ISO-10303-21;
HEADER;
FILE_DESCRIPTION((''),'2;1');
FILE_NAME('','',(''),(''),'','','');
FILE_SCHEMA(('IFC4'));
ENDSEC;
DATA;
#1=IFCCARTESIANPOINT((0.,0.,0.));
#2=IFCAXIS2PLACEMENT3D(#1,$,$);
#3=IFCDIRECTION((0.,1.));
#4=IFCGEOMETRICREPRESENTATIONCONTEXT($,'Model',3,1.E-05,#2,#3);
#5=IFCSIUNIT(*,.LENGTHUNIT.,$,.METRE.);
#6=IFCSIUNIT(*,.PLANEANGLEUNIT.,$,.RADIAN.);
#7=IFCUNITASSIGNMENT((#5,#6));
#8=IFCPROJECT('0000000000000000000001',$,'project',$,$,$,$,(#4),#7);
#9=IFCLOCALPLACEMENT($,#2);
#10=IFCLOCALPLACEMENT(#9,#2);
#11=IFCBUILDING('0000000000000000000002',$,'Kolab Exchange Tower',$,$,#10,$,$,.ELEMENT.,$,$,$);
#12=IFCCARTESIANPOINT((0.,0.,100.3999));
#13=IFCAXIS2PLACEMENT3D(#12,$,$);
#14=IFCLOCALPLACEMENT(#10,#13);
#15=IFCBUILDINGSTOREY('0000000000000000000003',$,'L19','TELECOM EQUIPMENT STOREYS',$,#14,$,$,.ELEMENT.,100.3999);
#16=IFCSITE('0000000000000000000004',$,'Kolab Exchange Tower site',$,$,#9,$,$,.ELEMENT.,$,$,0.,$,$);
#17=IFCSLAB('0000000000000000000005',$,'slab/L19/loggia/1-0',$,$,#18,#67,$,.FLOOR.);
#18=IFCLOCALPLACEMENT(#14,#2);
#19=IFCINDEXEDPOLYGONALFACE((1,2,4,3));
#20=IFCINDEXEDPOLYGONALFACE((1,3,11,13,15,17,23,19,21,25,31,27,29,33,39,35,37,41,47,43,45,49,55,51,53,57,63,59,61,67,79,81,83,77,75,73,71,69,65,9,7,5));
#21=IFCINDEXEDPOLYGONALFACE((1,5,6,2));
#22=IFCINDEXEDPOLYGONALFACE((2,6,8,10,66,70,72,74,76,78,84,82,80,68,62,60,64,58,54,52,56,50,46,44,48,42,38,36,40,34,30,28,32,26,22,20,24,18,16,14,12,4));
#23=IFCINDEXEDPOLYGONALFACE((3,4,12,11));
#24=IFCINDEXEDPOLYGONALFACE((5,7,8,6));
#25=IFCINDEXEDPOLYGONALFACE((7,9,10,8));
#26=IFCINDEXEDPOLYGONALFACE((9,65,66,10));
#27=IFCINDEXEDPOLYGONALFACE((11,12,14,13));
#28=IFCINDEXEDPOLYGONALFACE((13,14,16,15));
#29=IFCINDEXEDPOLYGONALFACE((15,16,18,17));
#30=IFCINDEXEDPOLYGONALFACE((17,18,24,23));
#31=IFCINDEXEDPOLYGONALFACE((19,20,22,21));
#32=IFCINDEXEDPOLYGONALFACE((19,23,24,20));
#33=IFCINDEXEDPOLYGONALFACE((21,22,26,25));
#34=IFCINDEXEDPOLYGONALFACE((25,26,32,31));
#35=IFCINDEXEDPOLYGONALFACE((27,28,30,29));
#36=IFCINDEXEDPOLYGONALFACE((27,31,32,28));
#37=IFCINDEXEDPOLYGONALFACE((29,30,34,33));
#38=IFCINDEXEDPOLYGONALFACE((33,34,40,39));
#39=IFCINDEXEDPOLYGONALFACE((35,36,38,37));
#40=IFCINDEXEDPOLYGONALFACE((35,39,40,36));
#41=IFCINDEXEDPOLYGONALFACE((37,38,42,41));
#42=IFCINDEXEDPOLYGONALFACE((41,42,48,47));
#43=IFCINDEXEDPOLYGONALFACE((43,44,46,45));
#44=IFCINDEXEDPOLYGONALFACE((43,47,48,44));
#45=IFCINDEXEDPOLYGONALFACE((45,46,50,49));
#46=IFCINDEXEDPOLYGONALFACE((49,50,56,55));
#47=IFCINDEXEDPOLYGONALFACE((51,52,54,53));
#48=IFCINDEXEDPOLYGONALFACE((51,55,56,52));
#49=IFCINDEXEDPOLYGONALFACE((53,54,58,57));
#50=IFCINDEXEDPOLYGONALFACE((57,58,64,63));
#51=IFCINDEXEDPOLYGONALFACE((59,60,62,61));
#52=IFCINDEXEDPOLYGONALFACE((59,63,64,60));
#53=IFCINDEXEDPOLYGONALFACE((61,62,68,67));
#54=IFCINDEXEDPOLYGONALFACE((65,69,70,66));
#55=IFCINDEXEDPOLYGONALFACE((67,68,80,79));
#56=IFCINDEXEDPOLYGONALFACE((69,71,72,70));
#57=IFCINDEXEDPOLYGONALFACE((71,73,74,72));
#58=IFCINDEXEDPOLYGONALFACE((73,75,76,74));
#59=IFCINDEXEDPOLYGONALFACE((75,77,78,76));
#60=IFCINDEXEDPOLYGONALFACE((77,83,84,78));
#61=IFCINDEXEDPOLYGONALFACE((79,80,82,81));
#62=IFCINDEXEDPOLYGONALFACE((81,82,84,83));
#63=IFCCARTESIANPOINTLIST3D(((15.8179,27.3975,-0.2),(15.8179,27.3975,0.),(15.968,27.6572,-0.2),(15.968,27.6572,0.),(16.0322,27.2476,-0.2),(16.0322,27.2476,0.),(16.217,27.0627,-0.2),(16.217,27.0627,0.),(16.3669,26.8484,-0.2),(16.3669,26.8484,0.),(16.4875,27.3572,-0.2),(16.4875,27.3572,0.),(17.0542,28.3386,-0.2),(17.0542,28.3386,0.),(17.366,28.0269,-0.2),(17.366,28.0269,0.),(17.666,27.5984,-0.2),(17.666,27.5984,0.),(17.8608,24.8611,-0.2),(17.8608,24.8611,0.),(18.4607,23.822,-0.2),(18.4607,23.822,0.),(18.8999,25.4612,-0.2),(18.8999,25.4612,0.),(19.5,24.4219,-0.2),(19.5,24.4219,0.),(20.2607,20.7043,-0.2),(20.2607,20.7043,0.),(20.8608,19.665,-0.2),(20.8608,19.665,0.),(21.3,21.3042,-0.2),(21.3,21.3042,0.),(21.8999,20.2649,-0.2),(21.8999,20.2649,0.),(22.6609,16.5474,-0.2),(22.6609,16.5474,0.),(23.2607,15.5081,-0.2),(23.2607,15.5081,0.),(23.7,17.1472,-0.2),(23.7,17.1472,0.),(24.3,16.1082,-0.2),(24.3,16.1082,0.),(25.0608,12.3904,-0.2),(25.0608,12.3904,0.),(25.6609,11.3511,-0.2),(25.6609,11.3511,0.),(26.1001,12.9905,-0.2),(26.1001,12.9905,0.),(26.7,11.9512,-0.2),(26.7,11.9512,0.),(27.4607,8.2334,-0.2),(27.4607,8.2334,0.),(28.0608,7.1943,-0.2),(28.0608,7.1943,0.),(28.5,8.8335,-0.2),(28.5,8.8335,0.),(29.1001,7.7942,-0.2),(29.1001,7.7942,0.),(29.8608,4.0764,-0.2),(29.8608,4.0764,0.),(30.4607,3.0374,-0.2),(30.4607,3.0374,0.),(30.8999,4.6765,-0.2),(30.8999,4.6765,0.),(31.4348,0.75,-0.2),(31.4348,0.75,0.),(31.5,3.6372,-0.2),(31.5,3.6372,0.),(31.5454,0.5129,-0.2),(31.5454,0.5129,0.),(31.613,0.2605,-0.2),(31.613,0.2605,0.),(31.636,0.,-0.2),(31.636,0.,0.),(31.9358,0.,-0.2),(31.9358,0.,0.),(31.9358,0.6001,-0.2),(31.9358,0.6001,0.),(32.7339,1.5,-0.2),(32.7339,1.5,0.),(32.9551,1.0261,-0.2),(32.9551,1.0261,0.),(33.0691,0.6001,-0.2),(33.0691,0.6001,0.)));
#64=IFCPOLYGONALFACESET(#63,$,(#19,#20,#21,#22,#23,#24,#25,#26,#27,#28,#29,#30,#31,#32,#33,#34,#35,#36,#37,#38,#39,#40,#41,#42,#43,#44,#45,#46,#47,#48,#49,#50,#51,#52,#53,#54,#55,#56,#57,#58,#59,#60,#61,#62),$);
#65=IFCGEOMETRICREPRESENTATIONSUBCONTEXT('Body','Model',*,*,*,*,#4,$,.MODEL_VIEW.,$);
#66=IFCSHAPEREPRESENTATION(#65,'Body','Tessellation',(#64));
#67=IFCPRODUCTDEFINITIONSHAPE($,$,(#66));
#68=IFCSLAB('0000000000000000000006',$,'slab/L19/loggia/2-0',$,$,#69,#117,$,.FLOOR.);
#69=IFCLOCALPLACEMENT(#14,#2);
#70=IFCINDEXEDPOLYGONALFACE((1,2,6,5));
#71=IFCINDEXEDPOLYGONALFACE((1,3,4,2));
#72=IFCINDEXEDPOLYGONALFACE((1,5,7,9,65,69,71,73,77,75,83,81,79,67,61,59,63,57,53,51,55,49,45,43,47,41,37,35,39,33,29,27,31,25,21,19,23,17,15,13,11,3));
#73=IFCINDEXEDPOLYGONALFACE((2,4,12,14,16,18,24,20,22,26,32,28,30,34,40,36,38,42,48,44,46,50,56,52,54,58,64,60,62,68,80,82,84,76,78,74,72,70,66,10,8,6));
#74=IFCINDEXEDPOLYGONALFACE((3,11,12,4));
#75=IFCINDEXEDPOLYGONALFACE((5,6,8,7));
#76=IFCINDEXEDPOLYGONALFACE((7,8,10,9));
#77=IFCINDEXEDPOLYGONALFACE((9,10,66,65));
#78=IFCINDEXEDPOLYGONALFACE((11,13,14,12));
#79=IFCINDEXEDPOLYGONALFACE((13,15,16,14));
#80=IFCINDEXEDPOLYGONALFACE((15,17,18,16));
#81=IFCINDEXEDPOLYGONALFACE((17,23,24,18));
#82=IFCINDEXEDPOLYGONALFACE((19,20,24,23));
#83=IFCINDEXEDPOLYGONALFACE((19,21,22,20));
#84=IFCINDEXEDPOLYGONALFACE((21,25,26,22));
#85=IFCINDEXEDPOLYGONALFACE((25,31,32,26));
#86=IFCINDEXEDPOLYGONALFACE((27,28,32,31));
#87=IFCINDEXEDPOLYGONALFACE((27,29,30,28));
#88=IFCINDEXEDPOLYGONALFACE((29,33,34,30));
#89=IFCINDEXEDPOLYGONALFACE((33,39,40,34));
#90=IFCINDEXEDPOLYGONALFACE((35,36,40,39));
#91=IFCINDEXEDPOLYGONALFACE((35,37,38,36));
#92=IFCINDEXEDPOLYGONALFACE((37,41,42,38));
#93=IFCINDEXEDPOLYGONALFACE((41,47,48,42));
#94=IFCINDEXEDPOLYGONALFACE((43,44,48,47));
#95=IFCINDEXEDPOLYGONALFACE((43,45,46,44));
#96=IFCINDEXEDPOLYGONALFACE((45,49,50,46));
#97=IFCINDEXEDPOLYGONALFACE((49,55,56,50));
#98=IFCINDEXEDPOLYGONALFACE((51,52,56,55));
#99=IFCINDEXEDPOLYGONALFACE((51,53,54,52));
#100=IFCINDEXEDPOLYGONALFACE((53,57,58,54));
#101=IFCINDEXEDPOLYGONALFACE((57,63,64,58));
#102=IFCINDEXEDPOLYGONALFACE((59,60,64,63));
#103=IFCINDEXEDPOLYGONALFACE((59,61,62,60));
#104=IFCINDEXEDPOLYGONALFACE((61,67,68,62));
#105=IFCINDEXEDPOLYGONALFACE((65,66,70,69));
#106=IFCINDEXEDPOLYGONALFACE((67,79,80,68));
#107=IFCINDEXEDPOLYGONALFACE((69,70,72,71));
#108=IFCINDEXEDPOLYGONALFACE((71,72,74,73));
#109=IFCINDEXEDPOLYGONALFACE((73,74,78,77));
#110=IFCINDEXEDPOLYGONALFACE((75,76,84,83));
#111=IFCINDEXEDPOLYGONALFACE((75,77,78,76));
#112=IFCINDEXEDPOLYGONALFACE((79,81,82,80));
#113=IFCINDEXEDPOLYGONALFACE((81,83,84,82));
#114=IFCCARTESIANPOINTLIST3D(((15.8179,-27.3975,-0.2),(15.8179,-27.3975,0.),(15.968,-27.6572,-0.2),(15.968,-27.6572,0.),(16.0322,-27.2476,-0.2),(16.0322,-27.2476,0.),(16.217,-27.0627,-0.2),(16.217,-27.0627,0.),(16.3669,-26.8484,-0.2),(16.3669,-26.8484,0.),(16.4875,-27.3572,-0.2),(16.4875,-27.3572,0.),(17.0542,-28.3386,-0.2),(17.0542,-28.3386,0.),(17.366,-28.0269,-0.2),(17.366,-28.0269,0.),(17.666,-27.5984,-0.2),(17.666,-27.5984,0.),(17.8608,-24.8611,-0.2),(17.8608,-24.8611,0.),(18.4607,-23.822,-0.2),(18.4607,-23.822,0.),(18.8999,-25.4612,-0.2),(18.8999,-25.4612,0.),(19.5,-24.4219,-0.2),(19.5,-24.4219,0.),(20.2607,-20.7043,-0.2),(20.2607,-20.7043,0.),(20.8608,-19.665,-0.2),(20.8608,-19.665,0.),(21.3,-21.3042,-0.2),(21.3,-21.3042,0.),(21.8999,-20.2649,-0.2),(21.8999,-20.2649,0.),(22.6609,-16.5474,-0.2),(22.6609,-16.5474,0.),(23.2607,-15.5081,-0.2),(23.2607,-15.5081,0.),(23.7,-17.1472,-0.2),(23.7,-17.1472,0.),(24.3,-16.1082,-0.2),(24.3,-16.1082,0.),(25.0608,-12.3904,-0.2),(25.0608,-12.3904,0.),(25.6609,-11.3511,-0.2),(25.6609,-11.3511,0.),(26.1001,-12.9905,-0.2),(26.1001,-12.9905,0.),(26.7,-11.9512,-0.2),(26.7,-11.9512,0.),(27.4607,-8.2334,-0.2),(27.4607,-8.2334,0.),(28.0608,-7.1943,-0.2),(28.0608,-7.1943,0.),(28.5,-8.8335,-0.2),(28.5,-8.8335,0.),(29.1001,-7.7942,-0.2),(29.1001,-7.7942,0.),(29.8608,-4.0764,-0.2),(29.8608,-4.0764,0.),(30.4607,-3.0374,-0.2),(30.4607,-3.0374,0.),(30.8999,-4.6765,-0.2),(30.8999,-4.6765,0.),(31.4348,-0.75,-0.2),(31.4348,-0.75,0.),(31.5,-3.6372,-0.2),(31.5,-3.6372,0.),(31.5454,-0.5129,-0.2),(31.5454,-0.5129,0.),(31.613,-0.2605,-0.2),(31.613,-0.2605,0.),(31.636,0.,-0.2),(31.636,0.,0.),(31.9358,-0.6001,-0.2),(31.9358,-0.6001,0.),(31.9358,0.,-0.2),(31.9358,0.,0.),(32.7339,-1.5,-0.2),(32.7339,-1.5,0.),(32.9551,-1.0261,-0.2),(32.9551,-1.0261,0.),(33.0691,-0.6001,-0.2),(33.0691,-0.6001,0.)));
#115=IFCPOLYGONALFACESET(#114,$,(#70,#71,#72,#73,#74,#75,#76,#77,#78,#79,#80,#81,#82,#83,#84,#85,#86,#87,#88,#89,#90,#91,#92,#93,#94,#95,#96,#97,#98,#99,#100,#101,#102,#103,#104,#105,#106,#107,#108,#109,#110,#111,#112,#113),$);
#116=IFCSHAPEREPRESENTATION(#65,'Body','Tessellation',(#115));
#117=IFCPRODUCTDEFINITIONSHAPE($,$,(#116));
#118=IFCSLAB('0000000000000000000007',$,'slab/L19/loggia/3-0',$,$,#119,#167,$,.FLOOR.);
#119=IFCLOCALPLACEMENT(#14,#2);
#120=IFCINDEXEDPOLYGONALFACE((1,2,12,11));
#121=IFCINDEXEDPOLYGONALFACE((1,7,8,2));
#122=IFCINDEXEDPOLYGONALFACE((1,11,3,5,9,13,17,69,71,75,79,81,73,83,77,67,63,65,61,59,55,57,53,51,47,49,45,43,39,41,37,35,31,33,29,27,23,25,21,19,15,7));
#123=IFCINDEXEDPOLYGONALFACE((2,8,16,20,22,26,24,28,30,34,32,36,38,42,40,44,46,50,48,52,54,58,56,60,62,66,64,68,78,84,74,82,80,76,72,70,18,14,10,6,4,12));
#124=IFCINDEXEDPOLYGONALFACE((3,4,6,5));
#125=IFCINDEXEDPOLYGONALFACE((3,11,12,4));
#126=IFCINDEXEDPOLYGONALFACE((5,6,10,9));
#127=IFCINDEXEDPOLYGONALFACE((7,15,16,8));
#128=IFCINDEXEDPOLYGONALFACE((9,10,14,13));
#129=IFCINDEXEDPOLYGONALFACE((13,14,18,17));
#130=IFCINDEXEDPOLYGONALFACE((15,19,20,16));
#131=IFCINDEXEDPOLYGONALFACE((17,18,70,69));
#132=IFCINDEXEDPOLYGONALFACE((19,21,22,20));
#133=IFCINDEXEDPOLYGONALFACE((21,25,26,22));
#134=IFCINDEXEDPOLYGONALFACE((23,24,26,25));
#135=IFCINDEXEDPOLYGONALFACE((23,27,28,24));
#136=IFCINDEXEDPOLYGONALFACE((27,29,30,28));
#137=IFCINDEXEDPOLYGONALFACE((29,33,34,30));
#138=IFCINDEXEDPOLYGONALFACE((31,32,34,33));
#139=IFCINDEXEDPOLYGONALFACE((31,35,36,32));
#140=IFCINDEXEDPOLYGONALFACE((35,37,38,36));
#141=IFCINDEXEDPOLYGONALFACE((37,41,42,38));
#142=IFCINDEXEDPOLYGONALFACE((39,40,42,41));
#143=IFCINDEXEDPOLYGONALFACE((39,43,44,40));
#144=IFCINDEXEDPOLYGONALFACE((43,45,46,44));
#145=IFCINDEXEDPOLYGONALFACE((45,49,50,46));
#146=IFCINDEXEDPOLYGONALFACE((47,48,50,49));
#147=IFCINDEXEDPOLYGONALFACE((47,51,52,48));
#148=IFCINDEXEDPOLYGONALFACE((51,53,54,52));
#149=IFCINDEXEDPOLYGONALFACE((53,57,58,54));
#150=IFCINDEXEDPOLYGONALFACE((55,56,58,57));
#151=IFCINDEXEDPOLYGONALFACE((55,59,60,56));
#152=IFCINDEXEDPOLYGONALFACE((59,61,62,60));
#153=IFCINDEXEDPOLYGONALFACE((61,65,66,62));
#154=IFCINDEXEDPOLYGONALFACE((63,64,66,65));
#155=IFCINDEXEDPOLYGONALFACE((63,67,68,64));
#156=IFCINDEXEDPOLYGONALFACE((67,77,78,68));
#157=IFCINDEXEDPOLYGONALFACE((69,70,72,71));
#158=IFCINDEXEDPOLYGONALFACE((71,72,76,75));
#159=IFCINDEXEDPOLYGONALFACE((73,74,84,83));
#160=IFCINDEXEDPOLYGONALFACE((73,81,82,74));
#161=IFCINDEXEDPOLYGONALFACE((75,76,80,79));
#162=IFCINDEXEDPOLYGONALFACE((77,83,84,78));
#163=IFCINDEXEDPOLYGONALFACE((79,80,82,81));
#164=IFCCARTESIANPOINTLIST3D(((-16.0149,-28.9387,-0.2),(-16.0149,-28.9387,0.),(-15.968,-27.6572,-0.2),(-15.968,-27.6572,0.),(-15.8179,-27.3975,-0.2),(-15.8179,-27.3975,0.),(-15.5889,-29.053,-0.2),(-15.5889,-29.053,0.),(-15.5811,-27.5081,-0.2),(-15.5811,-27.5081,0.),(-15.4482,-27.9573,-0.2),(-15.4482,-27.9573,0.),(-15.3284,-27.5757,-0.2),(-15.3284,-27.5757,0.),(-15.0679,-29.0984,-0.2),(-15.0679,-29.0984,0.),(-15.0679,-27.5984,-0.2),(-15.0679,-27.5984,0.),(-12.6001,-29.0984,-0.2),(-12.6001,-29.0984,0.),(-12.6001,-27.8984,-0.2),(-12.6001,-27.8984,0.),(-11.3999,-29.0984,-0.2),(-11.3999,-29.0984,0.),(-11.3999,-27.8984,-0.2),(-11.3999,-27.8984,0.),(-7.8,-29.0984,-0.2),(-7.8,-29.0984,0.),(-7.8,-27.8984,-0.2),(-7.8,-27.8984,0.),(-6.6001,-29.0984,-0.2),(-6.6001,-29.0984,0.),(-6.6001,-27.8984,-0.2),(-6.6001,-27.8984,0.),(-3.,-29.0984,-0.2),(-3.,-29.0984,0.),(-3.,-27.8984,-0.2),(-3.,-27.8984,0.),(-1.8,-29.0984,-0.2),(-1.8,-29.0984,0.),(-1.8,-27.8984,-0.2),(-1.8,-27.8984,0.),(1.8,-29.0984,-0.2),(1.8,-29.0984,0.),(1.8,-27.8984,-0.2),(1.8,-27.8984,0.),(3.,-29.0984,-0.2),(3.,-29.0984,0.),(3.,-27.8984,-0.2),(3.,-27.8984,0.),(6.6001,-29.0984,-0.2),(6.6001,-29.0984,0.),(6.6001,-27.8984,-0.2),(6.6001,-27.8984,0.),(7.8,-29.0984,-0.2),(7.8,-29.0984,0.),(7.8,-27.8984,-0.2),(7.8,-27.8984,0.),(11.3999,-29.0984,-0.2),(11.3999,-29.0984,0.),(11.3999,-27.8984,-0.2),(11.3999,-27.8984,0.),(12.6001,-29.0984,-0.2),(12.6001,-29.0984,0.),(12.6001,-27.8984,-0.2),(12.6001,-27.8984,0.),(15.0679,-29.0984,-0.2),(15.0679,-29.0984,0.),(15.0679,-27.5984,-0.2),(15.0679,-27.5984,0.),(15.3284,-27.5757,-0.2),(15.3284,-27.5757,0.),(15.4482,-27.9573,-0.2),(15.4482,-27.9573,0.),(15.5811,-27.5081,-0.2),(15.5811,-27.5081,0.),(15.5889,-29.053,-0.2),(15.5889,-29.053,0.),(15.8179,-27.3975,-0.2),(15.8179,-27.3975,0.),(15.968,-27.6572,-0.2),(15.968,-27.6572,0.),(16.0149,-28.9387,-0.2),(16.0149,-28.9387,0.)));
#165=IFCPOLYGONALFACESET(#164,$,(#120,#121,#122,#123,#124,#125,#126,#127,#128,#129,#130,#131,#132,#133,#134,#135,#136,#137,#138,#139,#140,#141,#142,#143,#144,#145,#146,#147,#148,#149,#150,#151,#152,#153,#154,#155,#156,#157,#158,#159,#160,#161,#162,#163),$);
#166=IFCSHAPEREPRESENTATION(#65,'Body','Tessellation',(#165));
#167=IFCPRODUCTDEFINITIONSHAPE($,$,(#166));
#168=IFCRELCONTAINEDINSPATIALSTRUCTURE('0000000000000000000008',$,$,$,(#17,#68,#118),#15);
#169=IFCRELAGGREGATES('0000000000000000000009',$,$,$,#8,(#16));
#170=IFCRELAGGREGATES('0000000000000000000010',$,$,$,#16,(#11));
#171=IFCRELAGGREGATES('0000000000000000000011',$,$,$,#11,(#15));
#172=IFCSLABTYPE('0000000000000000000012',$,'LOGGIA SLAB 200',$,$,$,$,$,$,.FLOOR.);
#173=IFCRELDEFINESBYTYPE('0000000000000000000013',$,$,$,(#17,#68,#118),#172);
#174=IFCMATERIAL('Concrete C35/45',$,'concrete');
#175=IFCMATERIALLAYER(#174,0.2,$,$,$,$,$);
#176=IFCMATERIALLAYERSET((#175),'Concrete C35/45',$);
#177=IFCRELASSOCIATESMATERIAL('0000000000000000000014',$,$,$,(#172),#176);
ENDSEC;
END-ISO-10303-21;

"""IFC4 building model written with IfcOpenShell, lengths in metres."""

from ifc_helpers import new_model, si_unit, direction, frame, origin, place, context, subcontext, project, spatial, polyline, outline, extrude, material, layer, layer_set, type_object, element, save


model = new_model("IFC4")

# Units and contexts
model_context = context("Model", 3, precision=1e-05, world=origin(), true_north=direction((0.0, 1.0)))
body_context = subcontext(model_context, "Body", "Model", "MODEL_VIEW")
ifc_project = project(units=[si_unit("LENGTHUNIT", "METRE"), si_unit("PLANEANGLEUNIT", "RADIAN")], contexts=[model_context])

# Site, building, storey
site_placement = place(None, origin())
site = spatial("IfcSite", under=ifc_project, at=site_placement, Name="Kolab Exchange Tower site", CompositionType="ELEMENT", RefElevation=0.0)
building_placement = place(site_placement, origin())
building = spatial("IfcBuilding", under=site, at=building_placement, Name="Kolab Exchange Tower", CompositionType="ELEMENT")
storey_placement = place(building_placement, frame((0.0, 0.0, 100.3999)))
storey = spatial("IfcBuildingStorey", under=building, at=storey_placement, Name="L19", Description="TELECOM EQUIPMENT STOREYS", CompositionType="ELEMENT", Elevation=100.3999)

# Slabs
ifc_material_1 = material(Name="Concrete C35/45", Category="concrete")
ifc_layer_1 = layer(ifc_material_1, 0.2)
ifc_layer_set_1 = layer_set([ifc_layer_1], Name="Concrete C35/45")
slab_type_1 = type_object("IfcSlabType", Name="LOGGIA SLAB 200", PredefinedType="FLOOR", material=ifc_layer_set_1)
slab_1_placement = place(storey_placement, frame((0.0, 0.0, -0.2)))
element("IfcSlab", 1, at=slab_1_placement, inside=storey, type_object=slab_type_1, Name="slab/L19/loggia/1-0", PredefinedType="FLOOR", context=body_context, shape_type="SweptSolid", body=[
    extrude(outline(polyline([(31.636, 0.0), (31.9358, 0.0), (31.9358, 0.6001), (33.0691, 0.6001), (32.9551, 1.0261), (32.7339, 1.5), (31.5, 3.6372), (30.4607, 3.0374), (29.8608, 4.0764), (30.8999, 4.6765), (29.1001, 7.7942), (28.0608, 7.1943), (27.4607, 8.2334), (28.5, 8.8335), (26.7, 11.9512), (25.6609, 11.3511), (25.0608, 12.3904), (26.1001, 12.9905), (24.3, 16.1082), (23.2607, 15.5081), (22.6609, 16.5474), (23.7, 17.1472), (21.8999, 20.2649), (20.8608, 19.665), (20.2607, 20.7043), (21.3, 21.3042), (19.5, 24.4219), (18.4607, 23.822), (17.8608, 24.8611), (18.8999, 25.4612), (17.666, 27.5984), (17.366, 28.0269), (17.0542, 28.3386), (16.4875, 27.3572), (15.968, 27.6572), (15.8179, 27.3975), (16.0322, 27.2476), (16.217, 27.0627), (16.3669, 26.8484), (31.4348, 0.75), (31.5454, 0.5129), (31.613, 0.2605), (31.636, 0.0)])), origin(), (0.0, 0.0, 1.0), 0.2),
])
slab_2_placement = place(storey_placement, frame((0.0, 0.0, -0.2)))
element("IfcSlab", 2, at=slab_2_placement, inside=storey, type_object=slab_type_1, Name="slab/L19/loggia/2-0", PredefinedType="FLOOR", context=body_context, shape_type="SweptSolid", body=[
    extrude(outline(polyline([(17.666, -27.5984), (18.8999, -25.4612), (17.8608, -24.8611), (18.4607, -23.822), (19.5, -24.4219), (21.3, -21.3042), (20.2607, -20.7043), (20.8608, -19.665), (21.8999, -20.2649), (23.7, -17.1472), (22.6609, -16.5474), (23.2607, -15.5081), (24.3, -16.1082), (26.1001, -12.9905), (25.0608, -12.3904), (25.6609, -11.3511), (26.7, -11.9512), (28.5, -8.8335), (27.4607, -8.2334), (28.0608, -7.1943), (29.1001, -7.7942), (30.8999, -4.6765), (29.8608, -4.0764), (30.4607, -3.0374), (31.5, -3.6372), (32.7339, -1.5), (32.9551, -1.0261), (33.0691, -0.6001), (31.9358, -0.6001), (31.9358, 0.0), (31.636, 0.0), (31.613, -0.2605), (31.5454, -0.5129), (31.4348, -0.75), (16.3669, -26.8484), (16.217, -27.0627), (16.0322, -27.2476), (15.8179, -27.3975), (15.968, -27.6572), (16.4875, -27.3572), (17.0542, -28.3386), (17.366, -28.0269), (17.666, -27.5984)])), origin(), (0.0, 0.0, 1.0), 0.2),
])
slab_3_placement = place(storey_placement, frame((0.0, 0.0, -0.2)))
element("IfcSlab", 3, at=slab_3_placement, inside=storey, type_object=slab_type_1, Name="slab/L19/loggia/3-0", PredefinedType="FLOOR", context=body_context, shape_type="SweptSolid", body=[
    extrude(outline(polyline([(-15.8179, -27.3975), (-15.968, -27.6572), (-15.4482, -27.9573), (-16.0149, -28.9387), (-15.5889, -29.053), (-15.0679, -29.0984), (-12.6001, -29.0984), (-12.6001, -27.8984), (-11.3999, -27.8984), (-11.3999, -29.0984), (-7.8, -29.0984), (-7.8, -27.8984), (-6.6001, -27.8984), (-6.6001, -29.0984), (-3.0, -29.0984), (-3.0, -27.8984), (-1.8, -27.8984), (-1.8, -29.0984), (1.8, -29.0984), (1.8, -27.8984), (3.0, -27.8984), (3.0, -29.0984), (6.6001, -29.0984), (6.6001, -27.8984), (7.8, -27.8984), (7.8, -29.0984), (11.3999, -29.0984), (11.3999, -27.8984), (12.6001, -27.8984), (12.6001, -29.0984), (15.0679, -29.0984), (15.5889, -29.053), (16.0149, -28.9387), (15.4482, -27.9573), (15.968, -27.6572), (15.8179, -27.3975), (15.5811, -27.5081), (15.3284, -27.5757), (15.0679, -27.5984), (-15.0679, -27.5984), (-15.3284, -27.5757), (-15.5811, -27.5081), (-15.8179, -27.3975)])), origin(), (0.0, 0.0, 1.0), 0.2),
])

save(model, "model.ifc")
